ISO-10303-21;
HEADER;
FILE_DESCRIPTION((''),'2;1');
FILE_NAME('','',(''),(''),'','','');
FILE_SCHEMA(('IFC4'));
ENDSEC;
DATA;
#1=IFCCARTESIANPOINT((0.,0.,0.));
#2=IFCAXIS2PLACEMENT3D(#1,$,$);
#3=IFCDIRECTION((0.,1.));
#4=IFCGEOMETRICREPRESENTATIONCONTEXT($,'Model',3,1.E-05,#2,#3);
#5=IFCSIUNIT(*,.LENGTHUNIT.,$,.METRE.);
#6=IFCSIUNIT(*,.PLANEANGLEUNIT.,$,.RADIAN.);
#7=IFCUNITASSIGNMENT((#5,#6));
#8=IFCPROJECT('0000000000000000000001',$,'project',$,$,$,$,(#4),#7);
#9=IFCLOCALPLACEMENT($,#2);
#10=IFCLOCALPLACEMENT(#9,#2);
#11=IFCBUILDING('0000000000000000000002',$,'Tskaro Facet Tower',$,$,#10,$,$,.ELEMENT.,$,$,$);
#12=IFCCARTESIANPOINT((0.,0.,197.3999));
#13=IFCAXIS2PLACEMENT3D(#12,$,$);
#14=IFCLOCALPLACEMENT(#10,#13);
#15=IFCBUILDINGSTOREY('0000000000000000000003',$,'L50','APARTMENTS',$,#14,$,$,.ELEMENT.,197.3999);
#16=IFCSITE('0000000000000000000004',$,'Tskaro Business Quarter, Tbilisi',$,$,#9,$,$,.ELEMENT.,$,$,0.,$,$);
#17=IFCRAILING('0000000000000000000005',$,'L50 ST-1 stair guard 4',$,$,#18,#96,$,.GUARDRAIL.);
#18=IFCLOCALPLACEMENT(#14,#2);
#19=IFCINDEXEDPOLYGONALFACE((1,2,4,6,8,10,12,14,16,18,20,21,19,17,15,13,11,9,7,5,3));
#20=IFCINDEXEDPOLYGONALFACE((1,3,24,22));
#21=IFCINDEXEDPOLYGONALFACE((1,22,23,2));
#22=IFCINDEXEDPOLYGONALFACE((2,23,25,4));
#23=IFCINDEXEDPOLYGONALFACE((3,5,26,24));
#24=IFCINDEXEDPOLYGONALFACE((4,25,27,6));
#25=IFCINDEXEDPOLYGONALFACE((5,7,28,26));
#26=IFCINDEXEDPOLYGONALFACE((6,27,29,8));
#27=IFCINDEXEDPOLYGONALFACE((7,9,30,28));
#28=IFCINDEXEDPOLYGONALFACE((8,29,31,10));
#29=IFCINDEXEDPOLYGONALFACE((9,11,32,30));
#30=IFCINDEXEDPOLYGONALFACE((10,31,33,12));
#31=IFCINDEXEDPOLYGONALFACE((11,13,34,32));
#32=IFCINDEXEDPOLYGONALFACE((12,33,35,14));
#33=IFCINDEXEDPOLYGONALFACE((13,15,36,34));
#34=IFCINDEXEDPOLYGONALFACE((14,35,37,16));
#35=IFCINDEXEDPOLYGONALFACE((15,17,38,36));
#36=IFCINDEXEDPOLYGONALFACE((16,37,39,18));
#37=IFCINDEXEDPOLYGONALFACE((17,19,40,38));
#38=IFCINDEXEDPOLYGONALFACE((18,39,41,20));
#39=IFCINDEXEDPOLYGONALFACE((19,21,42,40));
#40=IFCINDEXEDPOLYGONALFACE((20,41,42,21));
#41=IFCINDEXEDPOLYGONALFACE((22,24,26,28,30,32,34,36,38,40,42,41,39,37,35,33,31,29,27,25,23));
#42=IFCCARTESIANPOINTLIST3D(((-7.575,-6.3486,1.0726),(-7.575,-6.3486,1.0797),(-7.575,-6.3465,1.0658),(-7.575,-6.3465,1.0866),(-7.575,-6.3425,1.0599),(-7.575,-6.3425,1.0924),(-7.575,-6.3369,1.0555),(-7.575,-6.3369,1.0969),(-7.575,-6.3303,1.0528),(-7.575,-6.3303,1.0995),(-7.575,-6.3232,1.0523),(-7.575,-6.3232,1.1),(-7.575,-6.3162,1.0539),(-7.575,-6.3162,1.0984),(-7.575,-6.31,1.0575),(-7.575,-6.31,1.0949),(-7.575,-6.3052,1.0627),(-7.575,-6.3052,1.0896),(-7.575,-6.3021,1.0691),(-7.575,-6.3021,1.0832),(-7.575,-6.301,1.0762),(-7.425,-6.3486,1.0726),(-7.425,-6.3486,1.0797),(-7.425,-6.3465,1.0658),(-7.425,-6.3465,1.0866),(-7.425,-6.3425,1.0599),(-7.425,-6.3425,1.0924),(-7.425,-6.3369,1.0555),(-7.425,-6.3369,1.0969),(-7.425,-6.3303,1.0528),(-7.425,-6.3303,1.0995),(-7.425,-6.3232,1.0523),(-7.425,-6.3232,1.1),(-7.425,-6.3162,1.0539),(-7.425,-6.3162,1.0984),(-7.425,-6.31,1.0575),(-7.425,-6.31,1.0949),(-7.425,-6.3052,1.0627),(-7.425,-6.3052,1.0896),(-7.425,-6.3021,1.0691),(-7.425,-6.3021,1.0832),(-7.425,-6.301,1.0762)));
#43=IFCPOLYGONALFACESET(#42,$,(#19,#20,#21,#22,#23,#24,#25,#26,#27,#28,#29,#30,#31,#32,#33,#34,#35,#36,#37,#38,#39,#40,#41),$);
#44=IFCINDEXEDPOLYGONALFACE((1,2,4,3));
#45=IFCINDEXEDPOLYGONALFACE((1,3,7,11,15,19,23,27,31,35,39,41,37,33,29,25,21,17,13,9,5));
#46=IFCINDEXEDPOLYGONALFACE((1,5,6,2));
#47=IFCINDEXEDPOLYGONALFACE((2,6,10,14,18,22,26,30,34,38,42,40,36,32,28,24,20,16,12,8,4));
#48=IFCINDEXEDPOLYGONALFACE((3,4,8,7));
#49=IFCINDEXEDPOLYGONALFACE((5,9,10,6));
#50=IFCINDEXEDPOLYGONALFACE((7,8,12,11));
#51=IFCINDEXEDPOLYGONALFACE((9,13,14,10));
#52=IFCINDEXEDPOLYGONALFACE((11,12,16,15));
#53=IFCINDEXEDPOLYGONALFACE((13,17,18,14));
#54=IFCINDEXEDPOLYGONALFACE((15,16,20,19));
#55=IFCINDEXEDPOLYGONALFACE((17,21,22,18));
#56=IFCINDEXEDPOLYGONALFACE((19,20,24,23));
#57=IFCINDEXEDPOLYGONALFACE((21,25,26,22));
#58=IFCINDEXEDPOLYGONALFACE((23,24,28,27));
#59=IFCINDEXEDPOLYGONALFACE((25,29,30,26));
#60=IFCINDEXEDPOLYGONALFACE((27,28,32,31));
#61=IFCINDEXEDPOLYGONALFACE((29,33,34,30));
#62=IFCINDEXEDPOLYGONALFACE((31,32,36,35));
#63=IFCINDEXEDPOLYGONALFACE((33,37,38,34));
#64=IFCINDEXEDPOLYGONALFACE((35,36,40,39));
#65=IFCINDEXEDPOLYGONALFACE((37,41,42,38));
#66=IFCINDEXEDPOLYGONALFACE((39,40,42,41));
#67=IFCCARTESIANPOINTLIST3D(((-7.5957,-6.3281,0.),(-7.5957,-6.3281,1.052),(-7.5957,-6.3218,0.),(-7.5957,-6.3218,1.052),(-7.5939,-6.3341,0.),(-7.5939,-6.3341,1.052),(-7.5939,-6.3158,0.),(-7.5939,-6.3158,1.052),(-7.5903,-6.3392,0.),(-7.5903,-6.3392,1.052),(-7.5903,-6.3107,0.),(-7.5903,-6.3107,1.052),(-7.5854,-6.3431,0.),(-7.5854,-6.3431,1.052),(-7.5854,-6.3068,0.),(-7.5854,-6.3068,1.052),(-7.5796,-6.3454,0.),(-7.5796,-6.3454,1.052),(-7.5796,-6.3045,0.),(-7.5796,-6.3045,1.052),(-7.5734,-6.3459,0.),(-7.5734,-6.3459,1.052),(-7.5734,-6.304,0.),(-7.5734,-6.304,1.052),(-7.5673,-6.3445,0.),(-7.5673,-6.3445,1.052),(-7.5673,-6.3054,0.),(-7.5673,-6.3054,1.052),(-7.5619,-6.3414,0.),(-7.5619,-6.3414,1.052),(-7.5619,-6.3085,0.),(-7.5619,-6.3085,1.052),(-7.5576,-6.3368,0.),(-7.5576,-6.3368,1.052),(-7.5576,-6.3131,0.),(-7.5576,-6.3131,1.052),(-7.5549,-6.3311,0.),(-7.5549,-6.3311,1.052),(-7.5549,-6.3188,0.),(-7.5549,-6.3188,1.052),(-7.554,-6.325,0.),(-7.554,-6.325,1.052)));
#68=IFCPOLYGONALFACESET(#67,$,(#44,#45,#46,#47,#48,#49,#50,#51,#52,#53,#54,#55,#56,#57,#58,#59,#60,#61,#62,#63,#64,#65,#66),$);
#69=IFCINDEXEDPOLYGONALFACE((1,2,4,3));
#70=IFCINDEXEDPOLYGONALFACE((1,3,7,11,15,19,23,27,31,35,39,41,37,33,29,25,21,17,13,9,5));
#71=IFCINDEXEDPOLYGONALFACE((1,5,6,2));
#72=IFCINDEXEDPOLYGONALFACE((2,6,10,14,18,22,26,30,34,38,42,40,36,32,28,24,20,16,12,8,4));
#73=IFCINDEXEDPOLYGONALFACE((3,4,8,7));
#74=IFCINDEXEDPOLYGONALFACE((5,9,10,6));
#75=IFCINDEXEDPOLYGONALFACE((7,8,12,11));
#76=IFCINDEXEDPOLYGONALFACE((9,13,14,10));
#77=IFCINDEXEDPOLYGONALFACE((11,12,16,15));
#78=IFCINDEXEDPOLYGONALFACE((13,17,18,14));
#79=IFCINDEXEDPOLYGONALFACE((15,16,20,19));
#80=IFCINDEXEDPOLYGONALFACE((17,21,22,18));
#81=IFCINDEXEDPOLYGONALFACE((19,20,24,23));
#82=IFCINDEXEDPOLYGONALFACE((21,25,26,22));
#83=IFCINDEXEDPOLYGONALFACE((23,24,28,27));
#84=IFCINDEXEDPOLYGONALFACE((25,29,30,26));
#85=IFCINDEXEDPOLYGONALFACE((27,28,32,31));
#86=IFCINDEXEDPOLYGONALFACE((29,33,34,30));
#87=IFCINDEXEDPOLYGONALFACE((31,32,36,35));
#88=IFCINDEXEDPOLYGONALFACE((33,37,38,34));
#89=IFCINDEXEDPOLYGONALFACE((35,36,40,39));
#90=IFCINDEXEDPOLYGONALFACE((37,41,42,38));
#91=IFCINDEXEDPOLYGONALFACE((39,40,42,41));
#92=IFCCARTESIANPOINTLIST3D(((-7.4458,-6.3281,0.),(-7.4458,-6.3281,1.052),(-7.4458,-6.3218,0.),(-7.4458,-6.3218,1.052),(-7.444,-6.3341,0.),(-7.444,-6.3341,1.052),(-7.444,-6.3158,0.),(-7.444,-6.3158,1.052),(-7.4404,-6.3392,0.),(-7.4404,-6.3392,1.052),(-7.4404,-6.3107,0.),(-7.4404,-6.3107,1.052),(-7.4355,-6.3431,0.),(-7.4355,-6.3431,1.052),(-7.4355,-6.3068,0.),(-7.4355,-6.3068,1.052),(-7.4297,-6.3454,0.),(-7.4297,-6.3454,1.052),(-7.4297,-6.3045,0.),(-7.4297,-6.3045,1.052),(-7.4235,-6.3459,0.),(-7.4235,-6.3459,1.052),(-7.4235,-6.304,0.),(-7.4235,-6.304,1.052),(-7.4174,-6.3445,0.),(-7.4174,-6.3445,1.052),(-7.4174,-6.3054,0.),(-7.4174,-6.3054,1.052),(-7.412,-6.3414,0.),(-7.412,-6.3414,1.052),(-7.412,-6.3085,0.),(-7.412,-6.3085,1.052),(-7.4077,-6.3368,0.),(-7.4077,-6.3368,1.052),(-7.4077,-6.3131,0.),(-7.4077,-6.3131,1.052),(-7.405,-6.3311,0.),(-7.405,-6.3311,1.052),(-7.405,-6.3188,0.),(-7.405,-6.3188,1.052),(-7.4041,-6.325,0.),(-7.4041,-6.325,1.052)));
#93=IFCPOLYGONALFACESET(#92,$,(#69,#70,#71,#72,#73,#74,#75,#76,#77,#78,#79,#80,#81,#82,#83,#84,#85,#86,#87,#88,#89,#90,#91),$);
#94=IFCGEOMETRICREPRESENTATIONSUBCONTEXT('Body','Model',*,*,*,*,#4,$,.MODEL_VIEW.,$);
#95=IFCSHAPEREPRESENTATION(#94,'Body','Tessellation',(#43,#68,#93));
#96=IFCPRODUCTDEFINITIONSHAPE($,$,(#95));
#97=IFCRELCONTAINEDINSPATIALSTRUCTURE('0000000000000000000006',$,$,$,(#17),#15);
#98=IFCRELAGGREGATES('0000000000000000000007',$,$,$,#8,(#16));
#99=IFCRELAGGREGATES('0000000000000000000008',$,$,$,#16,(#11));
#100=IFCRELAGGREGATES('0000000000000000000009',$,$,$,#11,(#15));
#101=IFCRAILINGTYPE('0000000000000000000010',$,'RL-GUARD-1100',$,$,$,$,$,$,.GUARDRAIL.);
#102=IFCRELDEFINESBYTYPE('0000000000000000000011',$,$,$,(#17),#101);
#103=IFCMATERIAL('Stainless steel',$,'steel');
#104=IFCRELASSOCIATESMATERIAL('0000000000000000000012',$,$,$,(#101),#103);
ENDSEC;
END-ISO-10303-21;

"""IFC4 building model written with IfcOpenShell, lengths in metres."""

from ifc_helpers import new_model, si_unit, direction, frame, origin, origin_2d, place, context, subcontext, project, spatial, circle, extrude, material, type_object, element, save


model = new_model("IFC4")

# Units and contexts
model_context = context("Model", 3, precision=1e-05, world=origin(), true_north=direction((0.0, 1.0)))
body_context = subcontext(model_context, "Body", "Model", "MODEL_VIEW")
ifc_project = project(units=[si_unit("LENGTHUNIT", "METRE"), si_unit("PLANEANGLEUNIT", "RADIAN")], contexts=[model_context])

# Site, building, storey
site_placement = place(None, origin())
site = spatial("IfcSite", under=ifc_project, at=site_placement, Name="Tskaro Business Quarter, Tbilisi", CompositionType="ELEMENT", RefElevation=0.0)
building_placement = place(site_placement, origin())
building = spatial("IfcBuilding", under=site, at=building_placement, Name="Tskaro Facet Tower", CompositionType="ELEMENT")
storey_placement = place(building_placement, frame((0.0, 0.0, 197.3999)))
storey = spatial("IfcBuildingStorey", under=building, at=storey_placement, Name="L50", Description="APARTMENTS", CompositionType="ELEMENT", Elevation=197.3999)

# Shared definitions
ifc_material_1 = material(Name="Stainless steel", Category="steel")

# Railing
railing_type_1 = type_object("IfcRailingType", Name="RL-GUARD-1100", PredefinedType="GUARDRAIL", material=ifc_material_1)
railing_1_placement = place(storey_placement, frame((-7.575, -6.325, 0.0)))
element("IfcRailing", 1, at=railing_1_placement, inside=storey, type_object=railing_type_1, Name="L50 ST-1 stair guard 4", PredefinedType="GUARDRAIL", context=body_context, shape_type="SweptSolid", body=[
    extrude(circle(Radius=0.0239, at=origin_2d()), frame((0.0, 0.0, 1.0762), z_axis=(1.0, 0.0, 0.0), x_axis=(0.0, 1.0, 0.0)), (0.0, 0.0, 1.0), 0.1499),
    extrude(circle(Radius=0.021, at=origin_2d()), origin(), (0.0, 0.0, 1.0), 1.052),
    extrude(circle(Radius=0.021, at=origin_2d()), frame((0.1499, 0.0, 0.0)), (0.0, 0.0, 1.0), 1.052),
])

save(model, "model.ifc")
